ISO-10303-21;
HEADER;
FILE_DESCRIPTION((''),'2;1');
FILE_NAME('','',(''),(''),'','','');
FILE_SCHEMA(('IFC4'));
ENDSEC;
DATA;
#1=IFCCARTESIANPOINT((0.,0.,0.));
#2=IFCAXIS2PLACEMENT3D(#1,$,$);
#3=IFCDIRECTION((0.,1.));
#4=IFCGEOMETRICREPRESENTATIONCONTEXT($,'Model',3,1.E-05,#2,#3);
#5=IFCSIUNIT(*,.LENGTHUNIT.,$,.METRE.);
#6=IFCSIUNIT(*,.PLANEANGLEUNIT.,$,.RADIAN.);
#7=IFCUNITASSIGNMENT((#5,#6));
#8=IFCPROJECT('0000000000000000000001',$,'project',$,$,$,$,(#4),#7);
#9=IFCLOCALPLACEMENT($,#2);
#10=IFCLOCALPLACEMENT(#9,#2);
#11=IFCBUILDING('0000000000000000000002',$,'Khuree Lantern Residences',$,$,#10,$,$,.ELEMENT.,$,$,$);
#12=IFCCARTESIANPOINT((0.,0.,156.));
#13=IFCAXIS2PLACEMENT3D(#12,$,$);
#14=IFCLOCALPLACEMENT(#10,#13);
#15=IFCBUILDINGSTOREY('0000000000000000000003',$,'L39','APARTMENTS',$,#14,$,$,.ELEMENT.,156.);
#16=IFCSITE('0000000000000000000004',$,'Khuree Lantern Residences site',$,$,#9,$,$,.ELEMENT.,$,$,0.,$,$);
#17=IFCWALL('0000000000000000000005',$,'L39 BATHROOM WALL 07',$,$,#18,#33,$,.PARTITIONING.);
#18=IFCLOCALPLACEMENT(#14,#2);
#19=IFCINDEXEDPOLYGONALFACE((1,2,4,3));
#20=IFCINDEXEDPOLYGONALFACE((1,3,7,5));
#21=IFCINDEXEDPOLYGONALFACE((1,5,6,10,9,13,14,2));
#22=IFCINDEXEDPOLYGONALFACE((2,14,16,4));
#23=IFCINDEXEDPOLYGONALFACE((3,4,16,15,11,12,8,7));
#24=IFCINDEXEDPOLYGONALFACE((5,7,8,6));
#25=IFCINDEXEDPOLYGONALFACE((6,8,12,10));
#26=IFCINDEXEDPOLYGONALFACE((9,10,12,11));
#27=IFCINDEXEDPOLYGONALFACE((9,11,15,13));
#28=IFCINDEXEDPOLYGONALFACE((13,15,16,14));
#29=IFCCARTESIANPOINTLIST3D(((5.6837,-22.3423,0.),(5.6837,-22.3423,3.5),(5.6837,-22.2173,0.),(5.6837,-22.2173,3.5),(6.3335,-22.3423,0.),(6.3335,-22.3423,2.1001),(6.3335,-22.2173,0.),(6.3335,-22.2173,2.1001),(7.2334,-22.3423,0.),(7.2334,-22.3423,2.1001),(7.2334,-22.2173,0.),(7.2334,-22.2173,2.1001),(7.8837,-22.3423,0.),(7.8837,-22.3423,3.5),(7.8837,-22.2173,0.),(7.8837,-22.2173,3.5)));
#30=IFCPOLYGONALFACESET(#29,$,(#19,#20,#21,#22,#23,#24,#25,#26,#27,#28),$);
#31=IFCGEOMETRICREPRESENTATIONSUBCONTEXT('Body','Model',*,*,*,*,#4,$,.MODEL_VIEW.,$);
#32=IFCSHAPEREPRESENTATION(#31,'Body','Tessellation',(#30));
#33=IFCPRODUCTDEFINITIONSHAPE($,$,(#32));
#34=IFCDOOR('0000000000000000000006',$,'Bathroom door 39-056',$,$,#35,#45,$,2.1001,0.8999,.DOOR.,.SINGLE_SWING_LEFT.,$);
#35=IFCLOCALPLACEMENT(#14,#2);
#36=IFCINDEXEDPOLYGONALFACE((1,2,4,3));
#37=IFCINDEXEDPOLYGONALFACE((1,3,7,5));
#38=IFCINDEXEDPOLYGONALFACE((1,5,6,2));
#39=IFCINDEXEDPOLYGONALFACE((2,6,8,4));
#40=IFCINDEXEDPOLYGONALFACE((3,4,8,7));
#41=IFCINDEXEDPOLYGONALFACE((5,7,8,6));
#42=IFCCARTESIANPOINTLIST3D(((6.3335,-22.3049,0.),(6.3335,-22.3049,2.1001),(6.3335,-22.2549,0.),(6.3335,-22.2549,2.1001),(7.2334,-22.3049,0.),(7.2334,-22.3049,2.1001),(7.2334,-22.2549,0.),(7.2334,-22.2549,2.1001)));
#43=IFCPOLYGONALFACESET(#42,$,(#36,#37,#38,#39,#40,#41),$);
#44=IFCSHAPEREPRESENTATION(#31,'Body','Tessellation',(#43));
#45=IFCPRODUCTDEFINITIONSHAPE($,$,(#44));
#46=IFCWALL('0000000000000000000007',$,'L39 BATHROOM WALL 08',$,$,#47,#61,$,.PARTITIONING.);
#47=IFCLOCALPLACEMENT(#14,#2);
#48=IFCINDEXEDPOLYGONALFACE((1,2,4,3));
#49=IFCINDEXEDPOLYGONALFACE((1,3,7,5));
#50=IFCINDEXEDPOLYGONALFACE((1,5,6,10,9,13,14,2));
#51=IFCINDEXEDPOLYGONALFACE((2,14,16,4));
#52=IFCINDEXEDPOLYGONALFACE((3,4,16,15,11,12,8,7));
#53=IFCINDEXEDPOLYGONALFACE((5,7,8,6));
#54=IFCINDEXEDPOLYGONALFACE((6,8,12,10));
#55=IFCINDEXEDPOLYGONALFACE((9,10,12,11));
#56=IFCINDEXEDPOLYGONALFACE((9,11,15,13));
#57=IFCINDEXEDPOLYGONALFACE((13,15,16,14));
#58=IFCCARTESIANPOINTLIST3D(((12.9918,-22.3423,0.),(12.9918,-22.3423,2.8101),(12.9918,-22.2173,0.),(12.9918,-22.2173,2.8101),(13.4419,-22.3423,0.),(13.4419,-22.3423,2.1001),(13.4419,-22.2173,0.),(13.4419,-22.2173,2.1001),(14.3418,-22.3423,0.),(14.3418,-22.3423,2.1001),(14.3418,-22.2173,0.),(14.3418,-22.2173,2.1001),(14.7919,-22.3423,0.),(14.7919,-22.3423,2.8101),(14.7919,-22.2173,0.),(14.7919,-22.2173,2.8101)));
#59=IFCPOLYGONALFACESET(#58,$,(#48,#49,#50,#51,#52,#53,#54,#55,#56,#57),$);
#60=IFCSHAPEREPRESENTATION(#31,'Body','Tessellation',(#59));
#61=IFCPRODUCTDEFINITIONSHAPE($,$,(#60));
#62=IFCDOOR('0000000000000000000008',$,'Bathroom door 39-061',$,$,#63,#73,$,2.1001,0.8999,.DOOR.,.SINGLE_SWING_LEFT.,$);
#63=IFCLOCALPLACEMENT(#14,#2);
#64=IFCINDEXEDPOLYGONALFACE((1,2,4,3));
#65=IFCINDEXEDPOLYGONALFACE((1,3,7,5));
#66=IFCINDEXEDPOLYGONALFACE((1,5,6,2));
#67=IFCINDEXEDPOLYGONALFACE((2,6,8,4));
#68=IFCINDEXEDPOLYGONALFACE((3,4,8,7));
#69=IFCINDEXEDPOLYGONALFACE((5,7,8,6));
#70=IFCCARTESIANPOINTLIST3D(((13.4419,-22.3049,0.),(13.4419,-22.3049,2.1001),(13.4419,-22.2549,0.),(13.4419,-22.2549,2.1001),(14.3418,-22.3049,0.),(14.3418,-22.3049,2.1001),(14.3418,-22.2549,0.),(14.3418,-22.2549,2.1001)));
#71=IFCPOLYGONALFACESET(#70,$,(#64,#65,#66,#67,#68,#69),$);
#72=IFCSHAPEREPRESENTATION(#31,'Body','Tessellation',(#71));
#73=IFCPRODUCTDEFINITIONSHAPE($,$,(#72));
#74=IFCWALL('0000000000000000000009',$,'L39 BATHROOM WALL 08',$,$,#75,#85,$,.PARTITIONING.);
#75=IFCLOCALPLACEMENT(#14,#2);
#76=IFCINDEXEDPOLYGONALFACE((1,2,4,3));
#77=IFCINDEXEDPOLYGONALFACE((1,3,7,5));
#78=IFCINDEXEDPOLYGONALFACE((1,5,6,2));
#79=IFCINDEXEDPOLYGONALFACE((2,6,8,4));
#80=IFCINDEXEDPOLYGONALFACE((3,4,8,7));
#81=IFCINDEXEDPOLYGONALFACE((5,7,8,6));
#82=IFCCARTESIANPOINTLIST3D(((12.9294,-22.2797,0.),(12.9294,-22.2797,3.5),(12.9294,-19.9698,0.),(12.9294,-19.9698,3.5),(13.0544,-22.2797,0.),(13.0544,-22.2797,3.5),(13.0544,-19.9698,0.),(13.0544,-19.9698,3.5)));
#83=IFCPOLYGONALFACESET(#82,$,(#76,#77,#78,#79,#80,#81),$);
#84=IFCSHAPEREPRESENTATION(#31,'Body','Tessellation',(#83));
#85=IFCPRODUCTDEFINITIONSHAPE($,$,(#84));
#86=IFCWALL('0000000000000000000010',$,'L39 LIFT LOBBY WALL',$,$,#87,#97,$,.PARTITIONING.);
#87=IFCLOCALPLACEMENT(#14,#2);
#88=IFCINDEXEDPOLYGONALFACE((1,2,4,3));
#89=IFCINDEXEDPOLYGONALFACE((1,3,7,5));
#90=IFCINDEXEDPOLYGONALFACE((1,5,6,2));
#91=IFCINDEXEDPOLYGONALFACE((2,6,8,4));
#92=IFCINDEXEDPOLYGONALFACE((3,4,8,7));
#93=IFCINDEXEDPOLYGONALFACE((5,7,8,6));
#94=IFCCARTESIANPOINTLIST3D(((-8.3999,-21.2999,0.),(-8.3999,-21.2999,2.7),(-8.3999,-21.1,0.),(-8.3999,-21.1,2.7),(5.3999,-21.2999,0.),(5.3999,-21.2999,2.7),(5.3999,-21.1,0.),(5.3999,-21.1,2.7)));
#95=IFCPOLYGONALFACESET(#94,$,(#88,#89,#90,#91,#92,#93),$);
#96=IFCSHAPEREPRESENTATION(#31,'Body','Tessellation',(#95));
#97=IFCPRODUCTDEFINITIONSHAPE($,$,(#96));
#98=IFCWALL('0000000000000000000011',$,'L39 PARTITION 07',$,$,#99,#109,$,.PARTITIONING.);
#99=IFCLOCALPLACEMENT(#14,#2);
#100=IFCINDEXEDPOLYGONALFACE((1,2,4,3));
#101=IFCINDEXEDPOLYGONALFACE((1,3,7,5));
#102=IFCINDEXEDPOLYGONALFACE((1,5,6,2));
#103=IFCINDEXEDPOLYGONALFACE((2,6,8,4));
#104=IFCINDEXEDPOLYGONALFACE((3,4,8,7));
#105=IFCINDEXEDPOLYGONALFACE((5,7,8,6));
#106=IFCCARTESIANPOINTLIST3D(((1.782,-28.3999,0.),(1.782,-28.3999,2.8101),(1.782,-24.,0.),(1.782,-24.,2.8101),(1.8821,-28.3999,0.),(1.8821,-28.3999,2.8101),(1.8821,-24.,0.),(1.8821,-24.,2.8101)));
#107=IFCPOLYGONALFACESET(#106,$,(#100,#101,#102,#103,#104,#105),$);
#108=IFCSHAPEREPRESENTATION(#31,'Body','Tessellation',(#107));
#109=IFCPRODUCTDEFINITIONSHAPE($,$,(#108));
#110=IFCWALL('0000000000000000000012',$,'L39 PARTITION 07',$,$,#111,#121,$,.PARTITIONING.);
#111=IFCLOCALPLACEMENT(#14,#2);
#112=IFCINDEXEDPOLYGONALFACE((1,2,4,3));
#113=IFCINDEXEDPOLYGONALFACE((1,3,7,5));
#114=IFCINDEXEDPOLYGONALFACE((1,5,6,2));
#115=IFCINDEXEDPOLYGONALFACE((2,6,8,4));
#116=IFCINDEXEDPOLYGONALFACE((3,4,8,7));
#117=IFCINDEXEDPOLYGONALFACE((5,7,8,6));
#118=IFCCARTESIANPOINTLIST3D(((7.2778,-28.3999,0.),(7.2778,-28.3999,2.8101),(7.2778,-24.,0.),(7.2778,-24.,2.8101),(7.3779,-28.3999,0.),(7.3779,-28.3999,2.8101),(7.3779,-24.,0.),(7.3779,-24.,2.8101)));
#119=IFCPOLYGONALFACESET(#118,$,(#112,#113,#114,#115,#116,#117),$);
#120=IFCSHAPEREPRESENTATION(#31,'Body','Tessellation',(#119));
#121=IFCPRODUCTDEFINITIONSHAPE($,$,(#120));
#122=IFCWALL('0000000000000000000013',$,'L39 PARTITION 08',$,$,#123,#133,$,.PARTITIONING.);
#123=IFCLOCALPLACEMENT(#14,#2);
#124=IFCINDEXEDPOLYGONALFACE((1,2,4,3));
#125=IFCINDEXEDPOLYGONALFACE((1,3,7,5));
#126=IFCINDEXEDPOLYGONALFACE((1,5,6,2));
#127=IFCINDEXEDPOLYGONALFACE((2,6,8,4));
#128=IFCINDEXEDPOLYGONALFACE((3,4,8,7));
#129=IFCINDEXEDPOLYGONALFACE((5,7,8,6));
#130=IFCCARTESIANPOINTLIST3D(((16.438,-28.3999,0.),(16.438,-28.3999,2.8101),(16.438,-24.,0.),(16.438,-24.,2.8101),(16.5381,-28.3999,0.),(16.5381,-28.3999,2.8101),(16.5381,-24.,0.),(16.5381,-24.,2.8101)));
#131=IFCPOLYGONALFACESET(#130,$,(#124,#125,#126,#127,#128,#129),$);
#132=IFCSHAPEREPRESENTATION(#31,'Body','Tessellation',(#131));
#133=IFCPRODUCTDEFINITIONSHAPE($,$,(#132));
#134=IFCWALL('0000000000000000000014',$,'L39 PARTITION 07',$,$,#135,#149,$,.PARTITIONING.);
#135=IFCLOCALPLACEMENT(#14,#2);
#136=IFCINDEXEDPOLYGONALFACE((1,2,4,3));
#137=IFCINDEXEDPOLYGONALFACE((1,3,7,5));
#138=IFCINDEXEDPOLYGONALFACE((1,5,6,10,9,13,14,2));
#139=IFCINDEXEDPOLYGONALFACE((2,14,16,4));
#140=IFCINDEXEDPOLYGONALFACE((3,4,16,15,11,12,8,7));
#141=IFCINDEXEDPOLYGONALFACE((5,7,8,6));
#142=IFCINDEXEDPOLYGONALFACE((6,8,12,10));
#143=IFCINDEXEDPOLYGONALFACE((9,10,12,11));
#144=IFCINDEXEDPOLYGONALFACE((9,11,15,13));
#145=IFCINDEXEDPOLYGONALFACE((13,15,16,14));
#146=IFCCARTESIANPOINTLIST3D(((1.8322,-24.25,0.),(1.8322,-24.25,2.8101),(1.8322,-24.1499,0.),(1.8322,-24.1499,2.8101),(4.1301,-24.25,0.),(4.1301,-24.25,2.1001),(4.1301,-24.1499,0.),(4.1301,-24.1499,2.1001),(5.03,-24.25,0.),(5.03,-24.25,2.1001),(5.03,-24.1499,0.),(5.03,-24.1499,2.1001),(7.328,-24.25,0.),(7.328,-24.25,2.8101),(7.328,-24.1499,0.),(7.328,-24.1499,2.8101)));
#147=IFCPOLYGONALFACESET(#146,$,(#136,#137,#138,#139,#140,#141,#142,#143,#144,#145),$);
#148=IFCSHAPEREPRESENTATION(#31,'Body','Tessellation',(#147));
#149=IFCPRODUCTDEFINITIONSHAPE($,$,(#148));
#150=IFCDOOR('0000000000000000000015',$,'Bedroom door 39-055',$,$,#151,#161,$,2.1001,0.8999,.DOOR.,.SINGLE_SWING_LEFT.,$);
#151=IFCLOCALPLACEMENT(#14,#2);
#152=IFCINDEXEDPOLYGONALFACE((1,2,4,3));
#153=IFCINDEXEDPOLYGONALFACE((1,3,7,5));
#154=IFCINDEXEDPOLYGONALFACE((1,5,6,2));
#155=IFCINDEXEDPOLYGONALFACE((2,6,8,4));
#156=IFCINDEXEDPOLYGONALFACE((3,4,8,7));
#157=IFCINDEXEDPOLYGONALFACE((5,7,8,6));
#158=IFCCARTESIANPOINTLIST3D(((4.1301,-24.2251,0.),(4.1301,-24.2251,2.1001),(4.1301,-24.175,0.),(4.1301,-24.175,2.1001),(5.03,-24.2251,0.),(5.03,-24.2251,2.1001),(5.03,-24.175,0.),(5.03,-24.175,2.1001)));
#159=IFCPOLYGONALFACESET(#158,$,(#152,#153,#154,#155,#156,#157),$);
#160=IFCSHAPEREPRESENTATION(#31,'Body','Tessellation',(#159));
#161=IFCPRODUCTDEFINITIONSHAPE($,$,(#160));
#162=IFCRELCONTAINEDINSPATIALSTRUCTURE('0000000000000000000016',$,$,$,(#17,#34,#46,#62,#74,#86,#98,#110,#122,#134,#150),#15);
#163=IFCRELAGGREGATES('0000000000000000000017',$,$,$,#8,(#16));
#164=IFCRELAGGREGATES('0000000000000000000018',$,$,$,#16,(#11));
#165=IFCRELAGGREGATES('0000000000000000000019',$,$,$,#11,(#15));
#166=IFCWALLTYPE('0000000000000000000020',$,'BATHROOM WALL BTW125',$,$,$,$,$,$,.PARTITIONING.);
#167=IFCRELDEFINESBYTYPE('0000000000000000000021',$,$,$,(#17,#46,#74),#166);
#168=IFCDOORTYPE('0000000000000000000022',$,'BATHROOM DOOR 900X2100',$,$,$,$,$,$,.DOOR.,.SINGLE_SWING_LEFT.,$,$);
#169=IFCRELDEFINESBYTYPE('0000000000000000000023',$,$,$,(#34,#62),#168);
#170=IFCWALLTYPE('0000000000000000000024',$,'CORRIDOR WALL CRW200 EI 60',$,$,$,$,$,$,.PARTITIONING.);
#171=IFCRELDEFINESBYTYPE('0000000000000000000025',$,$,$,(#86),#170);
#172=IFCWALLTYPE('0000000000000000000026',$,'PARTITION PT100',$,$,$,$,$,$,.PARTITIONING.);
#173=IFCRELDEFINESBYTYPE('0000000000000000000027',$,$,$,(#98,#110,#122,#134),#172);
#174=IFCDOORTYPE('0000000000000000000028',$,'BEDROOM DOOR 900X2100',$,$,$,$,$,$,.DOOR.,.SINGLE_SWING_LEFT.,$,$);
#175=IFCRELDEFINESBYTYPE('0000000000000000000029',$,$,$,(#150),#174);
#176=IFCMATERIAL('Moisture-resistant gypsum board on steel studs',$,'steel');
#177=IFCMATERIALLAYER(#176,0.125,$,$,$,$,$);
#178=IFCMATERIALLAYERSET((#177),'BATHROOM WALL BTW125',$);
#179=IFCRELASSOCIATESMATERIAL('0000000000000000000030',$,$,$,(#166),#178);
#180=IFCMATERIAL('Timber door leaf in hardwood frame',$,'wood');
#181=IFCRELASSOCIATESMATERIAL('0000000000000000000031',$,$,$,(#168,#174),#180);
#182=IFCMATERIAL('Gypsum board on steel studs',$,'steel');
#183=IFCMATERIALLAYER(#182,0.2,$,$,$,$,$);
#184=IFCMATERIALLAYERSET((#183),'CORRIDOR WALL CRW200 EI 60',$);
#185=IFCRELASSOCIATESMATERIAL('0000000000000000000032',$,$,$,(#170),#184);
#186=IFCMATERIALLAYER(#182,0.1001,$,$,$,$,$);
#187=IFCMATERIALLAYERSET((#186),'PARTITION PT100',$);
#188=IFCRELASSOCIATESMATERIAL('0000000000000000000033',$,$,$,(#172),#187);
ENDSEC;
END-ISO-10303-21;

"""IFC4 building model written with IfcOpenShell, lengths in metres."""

from ifc_helpers import new_model, si_unit, direction, frame, frame_2d, origin, place, context, subcontext, project, spatial, rectangle, extrude, material, layer, layer_set, type_object, element, fill, save


model = new_model("IFC4")

# Units and contexts
model_context = context("Model", 3, precision=1e-05, world=origin(), true_north=direction((0.0, 1.0)))
body_context = subcontext(model_context, "Body", "Model", "MODEL_VIEW")
ifc_project = project(units=[si_unit("LENGTHUNIT", "METRE"), si_unit("PLANEANGLEUNIT", "RADIAN")], contexts=[model_context])

# Site, building, storey
site_placement = place(None, origin())
site = spatial("IfcSite", under=ifc_project, at=site_placement, Name="Khuree Lantern Residences site", CompositionType="ELEMENT", RefElevation=0.0)
building_placement = place(site_placement, origin())
building = spatial("IfcBuilding", under=site, at=building_placement, Name="Khuree Lantern Residences", CompositionType="ELEMENT")
storey_placement = place(building_placement, frame((0.0, 0.0, 156.0)))
storey = spatial("IfcBuildingStorey", under=building, at=storey_placement, Name="L39", Description="APARTMENTS", CompositionType="ELEMENT", Elevation=156.0)

# Walls, openings, doors
ifc_material_1 = material(Name="Moisture-resistant gypsum board on steel studs", Category="steel")
ifc_layer_1 = layer(ifc_material_1, 0.125)
ifc_layer_set_1 = layer_set([ifc_layer_1], Name="BATHROOM WALL BTW125")
wall_type_1 = type_object("IfcWallType", Name="BATHROOM WALL BTW125", PredefinedType="PARTITIONING", material=ifc_layer_set_1)
wall_1_placement = place(storey_placement, frame((5.6836, -22.2798, 0.0), z_axis=(0.0, 0.0, 1.0), x_axis=(1.0, 0.0, 0.0)))
wall_1 = element("IfcWall", 1, at=wall_1_placement, inside=storey, type_object=wall_type_1, Name="L39 BATHROOM WALL 07", PredefinedType="PARTITIONING", context=body_context, shape_type="SweptSolid", body=[
    extrude(rectangle(XDim=2.2, YDim=0.125, at=frame_2d((1.1001, 0.0))), origin(), (0.0, 0.0, 1.0), 3.5),
])
opening_1_placement = place(wall_1_placement, frame((0.6499, 0.0, 0.0)))
opening_1 = element("IfcOpeningElement", 2, at=opening_1_placement, cuts=wall_1, PredefinedType="OPENING", context=body_context, shape_type="SweptSolid", body=[
    extrude(rectangle(XDim=0.8999, YDim=2.1001, at=frame_2d((0.45, 1.05))), frame((0.0, 0.0725, 0.0), z_axis=(0.0, -1.0, 0.0), x_axis=(1.0, 0.0, 0.0)), (0.0, 0.0, 1.0), 0.145),
])
ifc_material_2 = material(Name="Timber door leaf in hardwood frame", Category="wood")
door_type_1 = type_object("IfcDoorType", Name="BATHROOM DOOR 900X2100", OperationType="SINGLE_SWING_LEFT", PredefinedType="DOOR", material=ifc_material_2)
door_1_placement = place(opening_1_placement, origin())
door_1 = element("IfcDoor", 3, at=door_1_placement, inside=storey, type_object=door_type_1, Name="Bathroom door 39-056", OperationType="SINGLE_SWING_LEFT", OverallHeight=2.1001, OverallWidth=0.8999, PredefinedType="DOOR", context=body_context, shape_type="SweptSolid", body=[
    extrude(rectangle(XDim=0.8999, YDim=2.1001, at=frame_2d((0.45, 1.05))), frame((0.0, 0.0249, 0.0), z_axis=(0.0, -1.0, 0.0), x_axis=(1.0, 0.0, 0.0)), (0.0, 0.0, 1.0), 0.05),
])
fill(opening_1, door_1)
wall_2_placement = place(storey_placement, frame((12.9919, -22.2798, 0.0), z_axis=(0.0, 0.0, 1.0), x_axis=(1.0, 0.0, 0.0)))
wall_2 = element("IfcWall", 4, at=wall_2_placement, inside=storey, type_object=wall_type_1, Name="L39 BATHROOM WALL 08", PredefinedType="PARTITIONING", context=body_context, shape_type="SweptSolid", body=[
    extrude(rectangle(XDim=1.8, YDim=0.125, at=frame_2d((0.8999, 0.0))), origin(), (0.0, 0.0, 1.0), 2.8101),
])
opening_2_placement = place(wall_2_placement, frame((0.45, 0.0, 0.0)))
opening_2 = element("IfcOpeningElement", 5, at=opening_2_placement, cuts=wall_2, PredefinedType="OPENING", context=body_context, shape_type="SweptSolid", body=[
    extrude(rectangle(XDim=0.8999, YDim=2.1001, at=frame_2d((0.45, 1.05))), frame((0.0, 0.0725, 0.0), z_axis=(0.0, -1.0, 0.0), x_axis=(1.0, 0.0, 0.0)), (0.0, 0.0, 1.0), 0.145),
])
door_2_placement = place(opening_2_placement, origin())
door_2 = element("IfcDoor", 6, at=door_2_placement, inside=storey, type_object=door_type_1, Name="Bathroom door 39-061", OperationType="SINGLE_SWING_LEFT", OverallHeight=2.1001, OverallWidth=0.8999, PredefinedType="DOOR", context=body_context, shape_type="SweptSolid", body=[
    extrude(rectangle(XDim=0.8999, YDim=2.1001, at=frame_2d((0.45, 1.05))), frame((0.0, 0.0249, 0.0), z_axis=(0.0, -1.0, 0.0), x_axis=(1.0, 0.0, 0.0)), (0.0, 0.0, 1.0), 0.05),
])
fill(opening_2, door_2)

# Walls
wall_3_placement = place(storey_placement, frame((12.9919, -19.97, 0.0), z_axis=(0.0, 0.0, 1.0), x_axis=(0.0, -1.0, 0.0)))
element("IfcWall", 7, at=wall_3_placement, inside=storey, type_object=wall_type_1, Name="L39 BATHROOM WALL 08", PredefinedType="PARTITIONING", context=body_context, shape_type="SweptSolid", body=[
    extrude(rectangle(XDim=2.3098, YDim=0.125, at=frame_2d((1.1548, 0.0))), origin(), (0.0, 0.0, 1.0), 3.5),
])
ifc_material_3 = material(Name="Gypsum board on steel studs", Category="steel")
ifc_layer_2 = layer(ifc_material_3, 0.2)
ifc_layer_set_2 = layer_set([ifc_layer_2], Name="CORRIDOR WALL CRW200 EI 60")
wall_type_2 = type_object("IfcWallType", Name="CORRIDOR WALL CRW200 EI 60", PredefinedType="PARTITIONING", material=ifc_layer_set_2)
wall_4_placement = place(storey_placement, frame((5.3999, -21.2, 0.0), z_axis=(0.0, 0.0, 1.0), x_axis=(-1.0, 0.0, 0.0)))
element("IfcWall", 8, at=wall_4_placement, inside=storey, type_object=wall_type_2, Name="L39 LIFT LOBBY WALL", PredefinedType="PARTITIONING", context=body_context, shape_type="SweptSolid", body=[
    extrude(rectangle(XDim=13.7998, YDim=0.2, at=frame_2d((6.8999, 0.0))), origin(), (0.0, 0.0, 1.0), 2.7),
])
ifc_layer_3 = layer(ifc_material_3, 0.1001)
ifc_layer_set_3 = layer_set([ifc_layer_3], Name="PARTITION PT100")
wall_type_3 = type_object("IfcWallType", Name="PARTITION PT100", PredefinedType="PARTITIONING", material=ifc_layer_set_3)
for number, where, z_axis, x_axis, name in (
    (9, (1.832, -24.0, 0.0), (0.0, 0.0, 1.0), (0.0, -1.0, 0.0), "L39 PARTITION 07"),
    (10, (7.3279, -24.0, 0.0), (0.0, 0.0, 1.0), (0.0, -1.0, 0.0), "L39 PARTITION 07"),
    (11, (16.488, -24.0, 0.0), (0.0, 0.0, 1.0), (0.0, -1.0, 0.0), "L39 PARTITION 08"),
):
    element("IfcWall", number, at=place(storey_placement, frame(where, z_axis=z_axis, x_axis=x_axis)), inside=storey, type_object=wall_type_3, Name=name, PredefinedType="PARTITIONING", context=body_context, shape_type="SweptSolid", body=[
        extrude(rectangle(XDim=4.3999, YDim=0.1001, at=frame_2d((2.2, 0.0))), origin(), (0.0, 0.0, 1.0), 2.8101),
    ])

# Wall, opening, door
wall_5_placement = place(storey_placement, frame((1.832, -24.2, 0.0), z_axis=(0.0, 0.0, 1.0), x_axis=(1.0, 0.0, 0.0)))
wall_5 = element("IfcWall", 12, at=wall_5_placement, inside=storey, type_object=wall_type_3, Name="L39 PARTITION 07", PredefinedType="PARTITIONING", context=body_context, shape_type="SweptSolid", body=[
    extrude(rectangle(XDim=5.4958, YDim=0.1001, at=frame_2d((2.748, 0.0))), origin(), (0.0, 0.0, 1.0), 2.8101),
])
opening_3_placement = place(wall_5_placement, frame((2.2981, 0.0, 0.0)))
opening_3 = element("IfcOpeningElement", 13, at=opening_3_placement, cuts=wall_5, PredefinedType="OPENING", context=body_context, shape_type="SweptSolid", body=[
    extrude(rectangle(XDim=0.8999, YDim=2.1001, at=frame_2d((0.45, 1.05))), frame((0.0, 0.0601, 0.0), z_axis=(0.0, -1.0, 0.0), x_axis=(1.0, 0.0, 0.0)), (0.0, 0.0, 1.0), 0.1201),
])
door_type_2 = type_object("IfcDoorType", Name="BEDROOM DOOR 900X2100", OperationType="SINGLE_SWING_LEFT", PredefinedType="DOOR", material=ifc_material_2)
door_3_placement = place(opening_3_placement, origin())
door_3 = element("IfcDoor", 14, at=door_3_placement, inside=storey, type_object=door_type_2, Name="Bedroom door 39-055", OperationType="SINGLE_SWING_LEFT", OverallHeight=2.1001, OverallWidth=0.8999, PredefinedType="DOOR", context=body_context, shape_type="SweptSolid", body=[
    extrude(rectangle(XDim=0.8999, YDim=2.1001, at=frame_2d((0.45, 1.05))), frame((0.0, 0.0249, 0.0), z_axis=(0.0, -1.0, 0.0), x_axis=(1.0, 0.0, 0.0)), (0.0, 0.0, 1.0), 0.05),
])
fill(opening_3, door_3)

save(model, "model.ifc")
